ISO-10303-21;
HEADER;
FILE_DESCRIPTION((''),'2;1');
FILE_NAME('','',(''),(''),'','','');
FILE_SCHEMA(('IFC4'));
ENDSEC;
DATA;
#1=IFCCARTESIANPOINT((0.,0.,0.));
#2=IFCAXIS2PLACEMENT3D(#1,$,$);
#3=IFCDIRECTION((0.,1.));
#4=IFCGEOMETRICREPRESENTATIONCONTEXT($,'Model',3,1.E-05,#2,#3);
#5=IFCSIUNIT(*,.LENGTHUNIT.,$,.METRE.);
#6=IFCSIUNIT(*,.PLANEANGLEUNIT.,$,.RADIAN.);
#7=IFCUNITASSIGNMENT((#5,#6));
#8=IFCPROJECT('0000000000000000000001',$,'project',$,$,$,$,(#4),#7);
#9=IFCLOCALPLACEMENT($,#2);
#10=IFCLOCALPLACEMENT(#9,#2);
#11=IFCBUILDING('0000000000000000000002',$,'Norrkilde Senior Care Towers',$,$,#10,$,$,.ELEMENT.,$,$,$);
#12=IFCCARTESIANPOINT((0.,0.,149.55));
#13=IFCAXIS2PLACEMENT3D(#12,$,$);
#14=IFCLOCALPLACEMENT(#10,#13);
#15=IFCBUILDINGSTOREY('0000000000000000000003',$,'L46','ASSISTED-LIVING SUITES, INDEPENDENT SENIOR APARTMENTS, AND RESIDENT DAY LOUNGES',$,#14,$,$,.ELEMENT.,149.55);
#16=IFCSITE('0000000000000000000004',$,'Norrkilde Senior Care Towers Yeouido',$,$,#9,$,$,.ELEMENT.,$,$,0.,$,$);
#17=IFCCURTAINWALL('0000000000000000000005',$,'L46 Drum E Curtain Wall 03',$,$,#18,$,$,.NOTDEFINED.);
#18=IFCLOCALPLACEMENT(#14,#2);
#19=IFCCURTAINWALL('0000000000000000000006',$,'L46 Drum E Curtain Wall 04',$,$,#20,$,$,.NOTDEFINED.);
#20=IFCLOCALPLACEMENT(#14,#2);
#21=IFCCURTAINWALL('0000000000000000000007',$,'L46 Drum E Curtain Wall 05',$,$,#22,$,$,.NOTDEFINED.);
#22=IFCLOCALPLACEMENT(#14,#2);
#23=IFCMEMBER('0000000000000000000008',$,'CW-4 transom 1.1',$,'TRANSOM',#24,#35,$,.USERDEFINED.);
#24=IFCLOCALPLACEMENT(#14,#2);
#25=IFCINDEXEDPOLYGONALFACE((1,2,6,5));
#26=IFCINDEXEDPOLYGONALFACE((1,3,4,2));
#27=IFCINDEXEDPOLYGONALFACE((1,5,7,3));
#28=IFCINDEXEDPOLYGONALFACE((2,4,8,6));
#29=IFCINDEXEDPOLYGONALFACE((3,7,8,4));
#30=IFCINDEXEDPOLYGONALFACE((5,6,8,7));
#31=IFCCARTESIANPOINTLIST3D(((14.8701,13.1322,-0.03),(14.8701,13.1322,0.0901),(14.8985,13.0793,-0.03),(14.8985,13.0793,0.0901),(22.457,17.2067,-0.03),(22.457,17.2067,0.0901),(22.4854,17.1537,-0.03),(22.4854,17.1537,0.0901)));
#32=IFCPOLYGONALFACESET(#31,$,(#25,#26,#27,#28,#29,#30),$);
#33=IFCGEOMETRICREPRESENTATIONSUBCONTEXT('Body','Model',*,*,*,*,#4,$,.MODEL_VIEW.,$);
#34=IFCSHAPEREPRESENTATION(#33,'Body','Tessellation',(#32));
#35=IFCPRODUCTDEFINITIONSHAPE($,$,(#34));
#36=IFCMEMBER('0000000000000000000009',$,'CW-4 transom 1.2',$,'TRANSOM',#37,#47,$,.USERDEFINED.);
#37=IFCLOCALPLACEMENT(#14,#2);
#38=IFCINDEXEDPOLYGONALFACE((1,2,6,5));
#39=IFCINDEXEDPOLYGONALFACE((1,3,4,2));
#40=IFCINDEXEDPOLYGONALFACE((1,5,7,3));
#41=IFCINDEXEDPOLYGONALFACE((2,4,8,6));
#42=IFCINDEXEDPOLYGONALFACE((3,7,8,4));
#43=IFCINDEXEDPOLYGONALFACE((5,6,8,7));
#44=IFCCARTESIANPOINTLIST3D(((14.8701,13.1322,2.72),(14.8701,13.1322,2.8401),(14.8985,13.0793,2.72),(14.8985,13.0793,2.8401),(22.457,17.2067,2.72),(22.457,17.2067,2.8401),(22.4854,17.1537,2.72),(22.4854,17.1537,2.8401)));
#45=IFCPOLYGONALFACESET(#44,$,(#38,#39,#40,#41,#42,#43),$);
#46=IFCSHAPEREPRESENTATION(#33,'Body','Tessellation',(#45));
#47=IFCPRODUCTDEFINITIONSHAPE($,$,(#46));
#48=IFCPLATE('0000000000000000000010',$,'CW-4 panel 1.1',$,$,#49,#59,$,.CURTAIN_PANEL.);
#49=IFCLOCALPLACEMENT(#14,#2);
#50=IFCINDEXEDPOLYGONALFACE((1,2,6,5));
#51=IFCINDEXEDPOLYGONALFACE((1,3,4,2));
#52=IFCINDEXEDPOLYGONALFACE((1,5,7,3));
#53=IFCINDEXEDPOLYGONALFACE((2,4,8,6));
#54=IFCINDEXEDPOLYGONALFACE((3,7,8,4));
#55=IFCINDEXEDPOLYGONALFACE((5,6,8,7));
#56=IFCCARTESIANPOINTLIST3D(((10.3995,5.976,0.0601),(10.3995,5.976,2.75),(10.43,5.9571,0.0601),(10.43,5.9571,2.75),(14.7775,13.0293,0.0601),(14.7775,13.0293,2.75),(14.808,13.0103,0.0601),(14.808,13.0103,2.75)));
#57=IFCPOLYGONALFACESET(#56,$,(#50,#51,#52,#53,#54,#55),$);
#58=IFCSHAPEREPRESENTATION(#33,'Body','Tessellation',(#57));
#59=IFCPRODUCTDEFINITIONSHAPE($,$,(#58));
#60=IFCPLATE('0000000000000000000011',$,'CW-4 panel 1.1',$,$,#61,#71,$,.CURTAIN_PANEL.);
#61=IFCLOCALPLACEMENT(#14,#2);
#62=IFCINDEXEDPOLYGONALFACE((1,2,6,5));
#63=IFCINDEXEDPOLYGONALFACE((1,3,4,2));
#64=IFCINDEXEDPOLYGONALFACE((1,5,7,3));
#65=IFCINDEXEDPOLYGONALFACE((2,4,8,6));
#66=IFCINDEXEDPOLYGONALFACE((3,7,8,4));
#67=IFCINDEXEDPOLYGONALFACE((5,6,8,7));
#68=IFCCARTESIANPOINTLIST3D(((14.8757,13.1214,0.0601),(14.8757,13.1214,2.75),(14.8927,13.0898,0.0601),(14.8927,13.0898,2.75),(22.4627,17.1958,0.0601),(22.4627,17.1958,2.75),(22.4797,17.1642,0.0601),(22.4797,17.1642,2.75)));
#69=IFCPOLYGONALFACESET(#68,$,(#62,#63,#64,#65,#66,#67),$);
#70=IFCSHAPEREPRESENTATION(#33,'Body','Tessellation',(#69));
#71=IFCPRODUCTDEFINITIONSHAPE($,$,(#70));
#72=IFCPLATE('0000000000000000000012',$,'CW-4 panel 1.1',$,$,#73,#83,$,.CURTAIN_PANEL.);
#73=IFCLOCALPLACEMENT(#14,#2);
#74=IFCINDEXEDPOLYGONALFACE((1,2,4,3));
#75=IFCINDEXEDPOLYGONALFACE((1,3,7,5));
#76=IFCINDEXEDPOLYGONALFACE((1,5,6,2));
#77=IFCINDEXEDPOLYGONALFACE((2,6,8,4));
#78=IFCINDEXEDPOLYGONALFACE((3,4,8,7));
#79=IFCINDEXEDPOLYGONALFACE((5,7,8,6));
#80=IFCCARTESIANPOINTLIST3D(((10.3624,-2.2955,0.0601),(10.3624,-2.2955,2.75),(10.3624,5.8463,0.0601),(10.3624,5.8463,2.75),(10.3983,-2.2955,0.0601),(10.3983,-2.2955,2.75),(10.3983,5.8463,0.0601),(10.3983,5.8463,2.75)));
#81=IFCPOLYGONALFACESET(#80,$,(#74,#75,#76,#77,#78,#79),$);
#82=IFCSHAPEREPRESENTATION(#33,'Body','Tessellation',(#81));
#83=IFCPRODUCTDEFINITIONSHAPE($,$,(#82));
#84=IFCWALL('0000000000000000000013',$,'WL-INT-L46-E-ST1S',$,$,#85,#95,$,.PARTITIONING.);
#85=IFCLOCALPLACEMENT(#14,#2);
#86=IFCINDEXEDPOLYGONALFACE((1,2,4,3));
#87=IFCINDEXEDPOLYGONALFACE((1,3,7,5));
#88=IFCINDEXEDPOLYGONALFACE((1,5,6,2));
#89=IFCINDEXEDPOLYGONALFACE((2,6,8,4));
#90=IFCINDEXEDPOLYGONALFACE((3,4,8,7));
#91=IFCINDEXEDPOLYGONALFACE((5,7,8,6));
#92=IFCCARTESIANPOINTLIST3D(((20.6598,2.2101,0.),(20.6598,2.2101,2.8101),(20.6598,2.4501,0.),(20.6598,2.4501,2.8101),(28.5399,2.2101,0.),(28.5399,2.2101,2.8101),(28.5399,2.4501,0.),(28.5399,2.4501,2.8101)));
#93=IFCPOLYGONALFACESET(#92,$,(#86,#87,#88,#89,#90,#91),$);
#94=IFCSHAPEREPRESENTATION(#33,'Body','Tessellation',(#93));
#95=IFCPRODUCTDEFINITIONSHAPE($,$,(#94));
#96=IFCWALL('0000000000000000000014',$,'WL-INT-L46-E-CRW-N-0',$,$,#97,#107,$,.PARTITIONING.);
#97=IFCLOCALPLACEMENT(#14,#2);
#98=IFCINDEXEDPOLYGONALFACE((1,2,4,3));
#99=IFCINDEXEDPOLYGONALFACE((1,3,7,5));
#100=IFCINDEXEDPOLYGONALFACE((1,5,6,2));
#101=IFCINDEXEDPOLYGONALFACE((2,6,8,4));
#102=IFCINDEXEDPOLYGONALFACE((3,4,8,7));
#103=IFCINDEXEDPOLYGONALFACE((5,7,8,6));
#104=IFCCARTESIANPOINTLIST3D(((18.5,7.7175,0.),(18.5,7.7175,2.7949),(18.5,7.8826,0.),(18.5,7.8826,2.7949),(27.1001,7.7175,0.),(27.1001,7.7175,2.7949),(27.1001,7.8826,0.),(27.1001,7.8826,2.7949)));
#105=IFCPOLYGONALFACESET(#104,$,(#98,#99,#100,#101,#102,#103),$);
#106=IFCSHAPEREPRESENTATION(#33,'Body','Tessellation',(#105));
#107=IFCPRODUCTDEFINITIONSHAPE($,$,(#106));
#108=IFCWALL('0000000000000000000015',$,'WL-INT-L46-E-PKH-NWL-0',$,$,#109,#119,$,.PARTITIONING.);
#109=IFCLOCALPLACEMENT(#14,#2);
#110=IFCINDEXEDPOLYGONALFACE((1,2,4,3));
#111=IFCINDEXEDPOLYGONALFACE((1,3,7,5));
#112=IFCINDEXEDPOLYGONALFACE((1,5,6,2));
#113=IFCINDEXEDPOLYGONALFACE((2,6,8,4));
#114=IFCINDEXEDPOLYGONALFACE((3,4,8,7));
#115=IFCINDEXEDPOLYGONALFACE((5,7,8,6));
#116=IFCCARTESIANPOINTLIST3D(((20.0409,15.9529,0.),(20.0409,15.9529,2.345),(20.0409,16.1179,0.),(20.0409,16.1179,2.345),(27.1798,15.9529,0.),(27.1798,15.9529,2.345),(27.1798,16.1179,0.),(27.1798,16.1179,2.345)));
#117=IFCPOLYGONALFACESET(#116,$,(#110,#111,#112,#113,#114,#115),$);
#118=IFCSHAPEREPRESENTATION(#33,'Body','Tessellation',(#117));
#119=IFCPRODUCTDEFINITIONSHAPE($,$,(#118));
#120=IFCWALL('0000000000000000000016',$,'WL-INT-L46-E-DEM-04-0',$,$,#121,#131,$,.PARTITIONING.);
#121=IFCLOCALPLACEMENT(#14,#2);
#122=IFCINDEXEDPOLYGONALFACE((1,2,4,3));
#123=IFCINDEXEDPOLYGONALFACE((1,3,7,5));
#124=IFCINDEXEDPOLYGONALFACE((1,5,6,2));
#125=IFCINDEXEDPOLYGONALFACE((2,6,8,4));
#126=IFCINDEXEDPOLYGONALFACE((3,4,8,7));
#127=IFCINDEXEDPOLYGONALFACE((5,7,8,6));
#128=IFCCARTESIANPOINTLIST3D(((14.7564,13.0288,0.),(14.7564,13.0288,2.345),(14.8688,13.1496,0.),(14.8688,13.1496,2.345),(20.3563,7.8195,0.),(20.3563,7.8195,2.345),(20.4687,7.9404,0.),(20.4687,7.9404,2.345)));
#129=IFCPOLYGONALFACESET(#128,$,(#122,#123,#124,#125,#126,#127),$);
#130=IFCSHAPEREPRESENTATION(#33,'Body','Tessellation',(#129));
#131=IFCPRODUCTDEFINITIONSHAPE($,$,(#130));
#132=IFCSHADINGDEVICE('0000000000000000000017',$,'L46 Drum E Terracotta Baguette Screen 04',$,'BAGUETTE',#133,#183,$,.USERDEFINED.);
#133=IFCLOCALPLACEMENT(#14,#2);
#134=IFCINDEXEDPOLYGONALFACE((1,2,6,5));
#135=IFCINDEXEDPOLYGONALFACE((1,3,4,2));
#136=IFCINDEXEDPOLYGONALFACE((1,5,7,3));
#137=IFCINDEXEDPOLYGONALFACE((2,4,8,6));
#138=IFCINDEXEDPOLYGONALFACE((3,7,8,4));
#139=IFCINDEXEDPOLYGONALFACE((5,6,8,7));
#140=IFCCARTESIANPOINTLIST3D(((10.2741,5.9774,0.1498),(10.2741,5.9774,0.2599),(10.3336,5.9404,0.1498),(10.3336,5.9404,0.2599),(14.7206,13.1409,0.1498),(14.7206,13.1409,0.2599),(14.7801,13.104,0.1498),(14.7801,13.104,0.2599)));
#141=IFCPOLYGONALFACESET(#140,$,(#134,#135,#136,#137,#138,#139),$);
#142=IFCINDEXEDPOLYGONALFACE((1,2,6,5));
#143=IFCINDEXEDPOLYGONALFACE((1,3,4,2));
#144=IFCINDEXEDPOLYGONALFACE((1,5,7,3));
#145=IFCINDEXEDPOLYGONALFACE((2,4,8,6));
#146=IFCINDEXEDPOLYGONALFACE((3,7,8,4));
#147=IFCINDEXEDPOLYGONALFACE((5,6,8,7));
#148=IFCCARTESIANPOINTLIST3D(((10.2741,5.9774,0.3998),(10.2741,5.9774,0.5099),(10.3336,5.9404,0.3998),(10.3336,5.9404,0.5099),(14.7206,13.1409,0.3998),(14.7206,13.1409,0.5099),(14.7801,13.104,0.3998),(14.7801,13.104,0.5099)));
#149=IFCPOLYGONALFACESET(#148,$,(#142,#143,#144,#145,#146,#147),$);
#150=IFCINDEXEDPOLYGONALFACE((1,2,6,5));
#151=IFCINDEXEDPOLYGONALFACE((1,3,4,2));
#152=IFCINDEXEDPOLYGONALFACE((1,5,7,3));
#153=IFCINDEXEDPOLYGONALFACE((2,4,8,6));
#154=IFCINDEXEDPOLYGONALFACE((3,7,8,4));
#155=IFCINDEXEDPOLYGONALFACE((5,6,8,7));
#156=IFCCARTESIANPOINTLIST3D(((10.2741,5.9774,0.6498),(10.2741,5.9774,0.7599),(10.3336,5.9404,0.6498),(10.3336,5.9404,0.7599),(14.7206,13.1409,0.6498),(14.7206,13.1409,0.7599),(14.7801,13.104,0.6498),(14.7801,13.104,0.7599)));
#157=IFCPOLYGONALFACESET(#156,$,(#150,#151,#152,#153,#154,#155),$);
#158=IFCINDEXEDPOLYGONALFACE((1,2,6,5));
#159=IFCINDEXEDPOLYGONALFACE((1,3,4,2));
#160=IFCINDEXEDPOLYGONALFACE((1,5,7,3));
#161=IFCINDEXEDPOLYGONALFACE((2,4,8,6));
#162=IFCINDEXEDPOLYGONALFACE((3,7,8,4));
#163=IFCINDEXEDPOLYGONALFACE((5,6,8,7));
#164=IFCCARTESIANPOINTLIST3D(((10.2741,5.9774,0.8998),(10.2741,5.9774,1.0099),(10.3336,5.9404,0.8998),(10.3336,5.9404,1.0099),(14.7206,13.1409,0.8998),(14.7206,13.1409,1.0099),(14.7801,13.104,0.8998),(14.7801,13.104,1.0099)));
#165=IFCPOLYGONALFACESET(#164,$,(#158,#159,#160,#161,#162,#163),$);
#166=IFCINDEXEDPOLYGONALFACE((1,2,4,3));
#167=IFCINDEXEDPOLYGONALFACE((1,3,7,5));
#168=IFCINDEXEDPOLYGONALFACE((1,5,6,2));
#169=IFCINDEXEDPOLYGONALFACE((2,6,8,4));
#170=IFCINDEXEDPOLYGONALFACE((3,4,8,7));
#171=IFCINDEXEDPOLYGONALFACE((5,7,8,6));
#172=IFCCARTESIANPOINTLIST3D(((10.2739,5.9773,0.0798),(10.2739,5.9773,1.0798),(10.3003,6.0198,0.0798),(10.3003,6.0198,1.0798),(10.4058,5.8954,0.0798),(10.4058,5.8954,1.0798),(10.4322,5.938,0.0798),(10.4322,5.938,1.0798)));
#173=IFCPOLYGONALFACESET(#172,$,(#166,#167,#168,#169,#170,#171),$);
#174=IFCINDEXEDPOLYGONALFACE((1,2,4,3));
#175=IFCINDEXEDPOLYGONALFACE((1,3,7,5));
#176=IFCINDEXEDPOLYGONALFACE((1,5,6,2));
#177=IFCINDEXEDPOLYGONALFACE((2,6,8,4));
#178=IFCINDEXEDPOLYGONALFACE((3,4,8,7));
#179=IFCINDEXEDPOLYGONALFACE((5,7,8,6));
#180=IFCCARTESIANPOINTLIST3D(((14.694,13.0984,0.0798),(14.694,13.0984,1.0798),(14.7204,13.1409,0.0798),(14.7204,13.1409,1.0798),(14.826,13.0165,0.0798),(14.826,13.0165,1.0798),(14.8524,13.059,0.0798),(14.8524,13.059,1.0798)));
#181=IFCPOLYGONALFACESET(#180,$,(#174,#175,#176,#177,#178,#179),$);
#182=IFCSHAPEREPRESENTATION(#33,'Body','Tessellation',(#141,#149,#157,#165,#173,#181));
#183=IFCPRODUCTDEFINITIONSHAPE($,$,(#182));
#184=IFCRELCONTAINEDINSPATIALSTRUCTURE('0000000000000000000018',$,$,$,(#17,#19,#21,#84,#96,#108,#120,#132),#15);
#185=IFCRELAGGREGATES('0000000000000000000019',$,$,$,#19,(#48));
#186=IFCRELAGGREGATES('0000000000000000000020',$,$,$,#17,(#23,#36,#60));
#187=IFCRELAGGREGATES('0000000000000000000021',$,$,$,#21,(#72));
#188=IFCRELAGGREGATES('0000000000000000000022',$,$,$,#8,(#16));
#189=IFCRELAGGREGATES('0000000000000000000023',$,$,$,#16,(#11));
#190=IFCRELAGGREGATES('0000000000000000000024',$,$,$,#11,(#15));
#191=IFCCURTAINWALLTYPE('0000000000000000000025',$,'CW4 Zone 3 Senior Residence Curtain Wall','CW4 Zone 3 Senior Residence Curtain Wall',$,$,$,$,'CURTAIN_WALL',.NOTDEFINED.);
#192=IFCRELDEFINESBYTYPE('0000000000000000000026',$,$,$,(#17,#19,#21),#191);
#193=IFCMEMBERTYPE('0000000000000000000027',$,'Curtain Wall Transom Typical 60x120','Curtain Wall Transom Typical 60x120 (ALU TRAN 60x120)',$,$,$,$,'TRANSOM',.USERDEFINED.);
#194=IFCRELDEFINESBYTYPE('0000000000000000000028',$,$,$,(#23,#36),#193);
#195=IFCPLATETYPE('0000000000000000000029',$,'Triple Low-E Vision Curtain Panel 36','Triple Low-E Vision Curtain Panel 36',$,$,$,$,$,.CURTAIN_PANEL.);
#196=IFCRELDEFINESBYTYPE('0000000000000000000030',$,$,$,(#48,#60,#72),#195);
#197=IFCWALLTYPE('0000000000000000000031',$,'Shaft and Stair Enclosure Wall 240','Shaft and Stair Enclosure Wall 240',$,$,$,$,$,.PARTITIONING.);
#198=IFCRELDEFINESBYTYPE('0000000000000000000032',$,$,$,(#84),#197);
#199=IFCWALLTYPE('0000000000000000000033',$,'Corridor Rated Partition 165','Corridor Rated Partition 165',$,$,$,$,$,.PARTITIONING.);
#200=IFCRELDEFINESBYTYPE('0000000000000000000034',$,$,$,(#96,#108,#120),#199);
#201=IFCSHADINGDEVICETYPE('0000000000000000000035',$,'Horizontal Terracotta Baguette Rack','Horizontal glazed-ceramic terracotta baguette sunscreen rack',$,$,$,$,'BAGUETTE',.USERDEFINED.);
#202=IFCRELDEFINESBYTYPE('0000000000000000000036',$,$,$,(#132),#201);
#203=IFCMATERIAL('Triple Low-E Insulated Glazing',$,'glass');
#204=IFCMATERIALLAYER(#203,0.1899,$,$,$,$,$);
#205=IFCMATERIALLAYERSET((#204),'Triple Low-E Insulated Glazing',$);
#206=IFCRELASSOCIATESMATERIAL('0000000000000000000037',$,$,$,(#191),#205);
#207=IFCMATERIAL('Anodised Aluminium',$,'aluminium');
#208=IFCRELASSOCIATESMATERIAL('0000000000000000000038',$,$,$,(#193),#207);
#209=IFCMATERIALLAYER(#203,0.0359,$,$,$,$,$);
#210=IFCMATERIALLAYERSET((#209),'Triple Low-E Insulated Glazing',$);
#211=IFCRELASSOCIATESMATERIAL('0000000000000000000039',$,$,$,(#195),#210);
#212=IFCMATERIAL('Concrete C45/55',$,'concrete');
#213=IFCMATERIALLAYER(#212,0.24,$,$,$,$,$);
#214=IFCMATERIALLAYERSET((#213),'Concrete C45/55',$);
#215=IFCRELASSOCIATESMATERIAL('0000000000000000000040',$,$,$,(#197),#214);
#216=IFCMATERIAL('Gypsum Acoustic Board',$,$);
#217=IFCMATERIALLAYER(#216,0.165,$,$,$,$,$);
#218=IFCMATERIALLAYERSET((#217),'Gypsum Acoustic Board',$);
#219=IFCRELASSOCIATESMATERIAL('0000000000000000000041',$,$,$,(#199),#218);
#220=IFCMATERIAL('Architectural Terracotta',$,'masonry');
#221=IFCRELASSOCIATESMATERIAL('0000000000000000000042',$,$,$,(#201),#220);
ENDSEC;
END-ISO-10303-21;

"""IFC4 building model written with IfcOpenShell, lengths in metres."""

from ifc_helpers import new_model, si_unit, direction, frame, frame_2d, origin, origin_2d, place, context, subcontext, project, spatial, rectangle, extrude, source, transform, mapped, material, layer, layer_set, material_profile, profile_set, type_object, type_shapes, element, aggregate, save


model = new_model("IFC4")

# Units and contexts
model_context = context("Model", 3, precision=1e-05, world=origin(), true_north=direction((0.0, 1.0)))
body_context = subcontext(model_context, "Body", "Model", "MODEL_VIEW")
ifc_project = project(units=[si_unit("LENGTHUNIT", "METRE"), si_unit("PLANEANGLEUNIT", "RADIAN")], contexts=[model_context])

# Site, building, storey
site_placement = place(None, origin())
site = spatial("IfcSite", under=ifc_project, at=site_placement, Name="Norrkilde Senior Care Towers Yeouido", CompositionType="ELEMENT", RefElevation=0.0)
building_placement = place(site_placement, origin())
building = spatial("IfcBuilding", under=site, at=building_placement, Name="Norrkilde Senior Care Towers", CompositionType="ELEMENT")
storey_placement = place(building_placement, frame((0.0, 0.0, 149.55)))
storey = spatial("IfcBuildingStorey", under=building, at=storey_placement, Name="L46", Description="ASSISTED-LIVING SUITES, INDEPENDENT SENIOR APARTMENTS, AND RESIDENT DAY LOUNGES", CompositionType="ELEMENT", Elevation=149.55)

# Curtain wall
ifc_material_1 = material(Name="Triple Low-E Insulated Glazing", Category="glass")
ifc_layer_1 = layer(ifc_material_1, 0.1899)
ifc_layer_set_1 = layer_set([ifc_layer_1], Name="Triple Low-E Insulated Glazing")
curtain_wall_type = type_object("IfcCurtainWallType", Name="CW4 Zone 3 Senior Residence Curtain Wall", Description="CW4 Zone 3 Senior Residence Curtain Wall", ElementType="CURTAIN_WALL", PredefinedType="NOTDEFINED", material=ifc_layer_set_1)
curtain_wall_1_placement = place(storey_placement, origin())
curtain_wall_1 = element("IfcCurtainWall", 1, at=curtain_wall_1_placement, inside=storey, type_object=curtain_wall_type, Name="L46 Drum E Curtain Wall 03", PredefinedType="NOTDEFINED")
ifc_material_2 = material(Name="Anodised Aluminium", Category="aluminium")

# Curtain wall
curtain_wall_2_placement = place(storey_placement, origin())
curtain_wall_2 = element("IfcCurtainWall", 2, at=curtain_wall_2_placement, inside=storey, type_object=curtain_wall_type, Name="L46 Drum E Curtain Wall 04", PredefinedType="NOTDEFINED")

# Curtain wall
curtain_wall_3_placement = place(storey_placement, origin())
curtain_wall_3 = element("IfcCurtainWall", 3, at=curtain_wall_3_placement, inside=storey, type_object=curtain_wall_type, Name="L46 Drum E Curtain Wall 05", PredefinedType="NOTDEFINED")

# Members
ifc_material_profile_1 = material_profile(ifc_material_2, rectangle(XDim=0.0601, YDim=0.1201, at=origin_2d()), Name="ALU TRAN 60x120")
ifc_profile_set_1 = profile_set([ifc_material_profile_1], Name="Anodised Aluminium")
member_type_1 = type_object("IfcMemberType", Name="Curtain Wall Transom Typical 60x120", Description="Curtain Wall Transom Typical 60x120 (ALU TRAN 60x120)", ElementType="TRANSOM", PredefinedType="USERDEFINED", material=ifc_profile_set_1)
shared_shape_1 = source(origin(), body_context, "Body", "SweptSolid", [
    extrude(rectangle(XDim=0.0601, YDim=0.1201, at=origin_2d()), origin(), (0.0, 0.0, 1.0), 8.6118),
])
member_1_placement = place(storey_placement, frame((14.8843, 13.1057, 0.03), z_axis=(0.880994, 0.473127, 0.0), x_axis=(-0.473127, 0.880994, 0.0)))
member_1 = element("IfcMember", 4, at=member_1_placement, type_object=member_type_1, Name="CW-4 transom 1.1", ObjectType="TRANSOM", PredefinedType="USERDEFINED", context=body_context, shape_type="MappedRepresentation", body=[
    mapped(shared_shape_1, transform((0.0, 0.0, 0.0), x_axis=(1.0, 0.0, 0.0), y_axis=(0.0, 1.0, 0.0), z_axis=(0.0, 0.0, 1.0), scale=1.0)),
])
member_2_placement = place(storey_placement, frame((14.8843, 13.1057, 2.78), z_axis=(0.880994, 0.473127, 0.0), x_axis=(-0.473127, 0.880994, 0.0)))
member_2 = element("IfcMember", 5, at=member_2_placement, type_object=member_type_1, Name="CW-4 transom 1.2", ObjectType="TRANSOM", PredefinedType="USERDEFINED", context=body_context, shape_type="MappedRepresentation", body=[
    mapped(shared_shape_1, transform((0.0, 0.0, 0.0), x_axis=(1.0, 0.0, 0.0), y_axis=(0.0, 1.0, 0.0), z_axis=(0.0, 0.0, 1.0), scale=1.0)),
])

# Plates
ifc_layer_2 = layer(ifc_material_1, 0.0359)
ifc_layer_set_2 = layer_set([ifc_layer_2], Name="Triple Low-E Insulated Glazing")
plate_type = type_object("IfcPlateType", Name="Triple Low-E Vision Curtain Panel 36", Description="Triple Low-E Vision Curtain Panel 36", PredefinedType="CURTAIN_PANEL", material=ifc_layer_set_2)
shared_shape_2 = source(origin(), body_context, "Body", "SweptSolid", [
    extrude(rectangle(XDim=8.3015, YDim=0.0359, at=origin_2d()), origin(), (0.0, 0.0, 1.0), 2.6899),
])
plate_1_placement = place(storey_placement, frame((12.6038, 9.4932, 0.0601), z_axis=(0.0, 0.0, 1.0), x_axis=(0.527373, 0.849634, 0.0)))
plate_1 = element("IfcPlate", 6, at=plate_1_placement, type_object=plate_type, Name="CW-4 panel 1.1", PredefinedType="CURTAIN_PANEL", context=body_context, shape_type="MappedRepresentation", body=[
    mapped(shared_shape_2, transform((0.0, 0.0, 0.0), x_axis=(1.0, 0.0, 0.0), y_axis=(0.0, 1.0, 0.0), z_axis=(0.0, 0.0, 1.0), scale=1.0)),
])
aggregate(curtain_wall_2, [plate_1])
shared_shape_3 = source(origin(), body_context, "Body", "SweptSolid", [
    extrude(rectangle(XDim=8.6118, YDim=0.0359, at=origin_2d()), origin(), (0.0, 0.0, 1.0), 2.6899),
])
plate_2_placement = place(storey_placement, frame((18.6777, 15.1428, 0.0601), z_axis=(0.0, 0.0, 1.0), x_axis=(0.881, 0.473117, 0.0)))
plate_2 = element("IfcPlate", 7, at=plate_2_placement, type_object=plate_type, Name="CW-4 panel 1.1", PredefinedType="CURTAIN_PANEL", context=body_context, shape_type="MappedRepresentation", body=[
    mapped(shared_shape_3, transform((0.0, 0.0, 0.0), x_axis=(1.0, 0.0, 0.0), y_axis=(0.0, 1.0, 0.0), z_axis=(0.0, 0.0, 1.0), scale=1.0)),
])
aggregate(curtain_wall_1, [member_1, member_2, plate_2])
shared_shape_4 = source(origin(), body_context, "Body", "SweptSolid", [
    extrude(rectangle(XDim=8.1418, YDim=0.0359, at=origin_2d()), origin(), (0.0, 0.0, 1.0), 2.6899),
])
type_shapes(plate_type, [shared_shape_2, shared_shape_3, shared_shape_4])
plate_3_placement = place(storey_placement, frame((10.3804, 1.7754, 0.0601), z_axis=(0.0, 0.0, 1.0), x_axis=(0.0, 1.0, 0.0)))
plate_3 = element("IfcPlate", 8, at=plate_3_placement, type_object=plate_type, Name="CW-4 panel 1.1", PredefinedType="CURTAIN_PANEL", context=body_context, shape_type="MappedRepresentation", body=[
    mapped(shared_shape_4, transform((0.0, 0.0, 0.0), x_axis=(1.0, 0.0, 0.0), y_axis=(0.0, 1.0, 0.0), z_axis=(0.0, 0.0, 1.0), scale=1.0)),
])
aggregate(curtain_wall_3, [plate_3])

# Walls
ifc_material_3 = material(Name="Concrete C45/55", Category="concrete")
ifc_layer_3 = layer(ifc_material_3, 0.24)
ifc_layer_set_3 = layer_set([ifc_layer_3], Name="Concrete C45/55")
wall_type_1 = type_object("IfcWallType", Name="Shaft and Stair Enclosure Wall 240", Description="Shaft and Stair Enclosure Wall 240", PredefinedType="PARTITIONING", material=ifc_layer_set_3)
shared_shape_5 = source(origin(), body_context, "Body", "SweptSolid", [
    extrude(rectangle(XDim=7.8801, YDim=0.24, at=frame_2d((3.9399, 0.0))), origin(), (0.0, 0.0, 1.0), 2.8101),
])
type_shapes(wall_type_1, [shared_shape_5])
wall_1_placement = place(storey_placement, frame((20.6599, 2.3301, 0.0), z_axis=(0.0, 0.0, 1.0), x_axis=(1.0, 0.0, 0.0)))
element("IfcWall", 9, at=wall_1_placement, inside=storey, type_object=wall_type_1, Name="WL-INT-L46-E-ST1S", PredefinedType="PARTITIONING", context=body_context, shape_type="MappedRepresentation", body=[
    mapped(shared_shape_5, transform((0.0, 0.0, 0.0), x_axis=(1.0, 0.0, 0.0), y_axis=(0.0, 1.0, 0.0), z_axis=(0.0, 0.0, 1.0), scale=1.0)),
])
ifc_material_4 = material(Name="Gypsum Acoustic Board")
ifc_layer_4 = layer(ifc_material_4, 0.165)
ifc_layer_set_4 = layer_set([ifc_layer_4], Name="Gypsum Acoustic Board")
wall_type_2 = type_object("IfcWallType", Name="Corridor Rated Partition 165", Description="Corridor Rated Partition 165", PredefinedType="PARTITIONING", material=ifc_layer_set_4)
shared_shape_6 = source(origin(), body_context, "Body", "SweptSolid", [
    extrude(rectangle(XDim=8.6001, YDim=0.165, at=frame_2d((4.3, 0.0))), origin(), (0.0, 0.0, 1.0), 2.7949),
])
wall_2_placement = place(storey_placement, frame((18.5, 7.8, 0.0), z_axis=(0.0, 0.0, 1.0), x_axis=(1.0, 0.0, 0.0)))
element("IfcWall", 10, at=wall_2_placement, inside=storey, type_object=wall_type_2, Name="WL-INT-L46-E-CRW-N-0", PredefinedType="PARTITIONING", context=body_context, shape_type="MappedRepresentation", body=[
    mapped(shared_shape_6, transform((0.0, 0.0, 0.0), x_axis=(1.0, 0.0, 0.0), y_axis=(0.0, 1.0, 0.0), z_axis=(0.0, 0.0, 1.0), scale=1.0)),
])
shared_shape_7 = source(origin(), body_context, "Body", "SweptSolid", [
    extrude(rectangle(XDim=7.1389, YDim=0.165, at=frame_2d((3.5693, 0.0))), origin(), (0.0, 0.0, 1.0), 2.345),
])
wall_3_placement = place(storey_placement, frame((20.041, 16.0354, 0.0), z_axis=(0.0, 0.0, 1.0), x_axis=(1.0, 0.0, 0.0)))
element("IfcWall", 11, at=wall_3_placement, inside=storey, type_object=wall_type_2, Name="WL-INT-L46-E-PKH-NWL-0", PredefinedType="PARTITIONING", context=body_context, shape_type="MappedRepresentation", body=[
    mapped(shared_shape_7, transform((0.0, 0.0, 0.0), x_axis=(1.0, 0.0, 0.0), y_axis=(0.0, 1.0, 0.0), z_axis=(0.0, 0.0, 1.0), scale=1.0)),
])
shared_shape_8 = source(origin(), body_context, "Body", "SweptSolid", [
    extrude(rectangle(XDim=7.6482, YDim=0.165, at=frame_2d((3.8242, 0.0))), origin(), (0.0, 0.0, 1.0), 2.345),
])
type_shapes(wall_type_2, [shared_shape_6, shared_shape_7, shared_shape_8])
wall_4_placement = place(storey_placement, frame((20.4126, 7.8799, 0.0), z_axis=(0.0, 0.0, 1.0), x_axis=(-0.732183, 0.681108, 0.0)))
element("IfcWall", 12, at=wall_4_placement, inside=storey, type_object=wall_type_2, Name="WL-INT-L46-E-DEM-04-0", PredefinedType="PARTITIONING", context=body_context, shape_type="MappedRepresentation", body=[
    mapped(shared_shape_8, transform((0.0, 0.0, 0.0), x_axis=(1.0, 0.0, 0.0), y_axis=(0.0, 1.0, 0.0), z_axis=(0.0, 0.0, 1.0), scale=1.0)),
])

# Shading device
ifc_material_5 = material(Name="Architectural Terracotta", Category="masonry")
shading_device_type = type_object("IfcShadingDeviceType", Name="Horizontal Terracotta Baguette Rack", Description="Horizontal glazed-ceramic terracotta baguette sunscreen rack", ElementType="BAGUETTE", PredefinedType="USERDEFINED", material=ifc_material_5)
shared_shape_9 = source(origin(), body_context, "Body", "SweptSolid", [
    extrude(rectangle(XDim=0.0701, YDim=0.1101, at=origin_2d()), frame((0.0, 0.0901, 0.125), z_axis=(1.0, 0.0, 0.0), x_axis=(0.0, 1.0, 0.0)), (0.0, 0.0, 1.0), 8.4314),
    extrude(rectangle(XDim=0.0701, YDim=0.1101, at=origin_2d()), frame((0.0, 0.0901, 0.375), z_axis=(1.0, 0.0, 0.0), x_axis=(0.0, 1.0, 0.0)), (0.0, 0.0, 1.0), 8.4314),
    extrude(rectangle(XDim=0.0701, YDim=0.1101, at=origin_2d()), frame((0.0, 0.0901, 0.625), z_axis=(1.0, 0.0, 0.0), x_axis=(0.0, 1.0, 0.0)), (0.0, 0.0, 1.0), 8.4314),
    extrude(rectangle(XDim=0.0701, YDim=0.1101, at=origin_2d()), frame((0.0, 0.0901, 0.875), z_axis=(1.0, 0.0, 0.0), x_axis=(0.0, 1.0, 0.0)), (0.0, 0.0, 1.0), 8.4314),
    extrude(rectangle(XDim=0.05, YDim=0.1553, at=origin_2d()), frame((0.0249, 0.0476, 0.0)), (0.0, 0.0, 1.0), 1.0),
    extrude(rectangle(XDim=0.05, YDim=0.1553, at=origin_2d()), frame((8.4062, 0.0476, 0.0)), (0.0, 0.0, 1.0), 1.0),
])
type_shapes(shading_device_type, [shared_shape_9])
shading_device_placement = place(storey_placement, frame((10.3804, 5.9114, 0.0798), z_axis=(0.0, 0.0, 1.0), x_axis=(0.527378, 0.849631, 0.0)))
element("IfcShadingDevice", 13, at=shading_device_placement, inside=storey, type_object=shading_device_type, Name="L46 Drum E Terracotta Baguette Screen 04", ObjectType="BAGUETTE", PredefinedType="USERDEFINED", context=body_context, shape_type="MappedRepresentation", body=[
    mapped(shared_shape_9, transform((0.0, 0.0, 0.0), x_axis=(1.0, 0.0, 0.0), y_axis=(0.0, 1.0, 0.0), z_axis=(0.0, 0.0, 1.0), scale=1.0)),
])

save(model, "model.ifc")
